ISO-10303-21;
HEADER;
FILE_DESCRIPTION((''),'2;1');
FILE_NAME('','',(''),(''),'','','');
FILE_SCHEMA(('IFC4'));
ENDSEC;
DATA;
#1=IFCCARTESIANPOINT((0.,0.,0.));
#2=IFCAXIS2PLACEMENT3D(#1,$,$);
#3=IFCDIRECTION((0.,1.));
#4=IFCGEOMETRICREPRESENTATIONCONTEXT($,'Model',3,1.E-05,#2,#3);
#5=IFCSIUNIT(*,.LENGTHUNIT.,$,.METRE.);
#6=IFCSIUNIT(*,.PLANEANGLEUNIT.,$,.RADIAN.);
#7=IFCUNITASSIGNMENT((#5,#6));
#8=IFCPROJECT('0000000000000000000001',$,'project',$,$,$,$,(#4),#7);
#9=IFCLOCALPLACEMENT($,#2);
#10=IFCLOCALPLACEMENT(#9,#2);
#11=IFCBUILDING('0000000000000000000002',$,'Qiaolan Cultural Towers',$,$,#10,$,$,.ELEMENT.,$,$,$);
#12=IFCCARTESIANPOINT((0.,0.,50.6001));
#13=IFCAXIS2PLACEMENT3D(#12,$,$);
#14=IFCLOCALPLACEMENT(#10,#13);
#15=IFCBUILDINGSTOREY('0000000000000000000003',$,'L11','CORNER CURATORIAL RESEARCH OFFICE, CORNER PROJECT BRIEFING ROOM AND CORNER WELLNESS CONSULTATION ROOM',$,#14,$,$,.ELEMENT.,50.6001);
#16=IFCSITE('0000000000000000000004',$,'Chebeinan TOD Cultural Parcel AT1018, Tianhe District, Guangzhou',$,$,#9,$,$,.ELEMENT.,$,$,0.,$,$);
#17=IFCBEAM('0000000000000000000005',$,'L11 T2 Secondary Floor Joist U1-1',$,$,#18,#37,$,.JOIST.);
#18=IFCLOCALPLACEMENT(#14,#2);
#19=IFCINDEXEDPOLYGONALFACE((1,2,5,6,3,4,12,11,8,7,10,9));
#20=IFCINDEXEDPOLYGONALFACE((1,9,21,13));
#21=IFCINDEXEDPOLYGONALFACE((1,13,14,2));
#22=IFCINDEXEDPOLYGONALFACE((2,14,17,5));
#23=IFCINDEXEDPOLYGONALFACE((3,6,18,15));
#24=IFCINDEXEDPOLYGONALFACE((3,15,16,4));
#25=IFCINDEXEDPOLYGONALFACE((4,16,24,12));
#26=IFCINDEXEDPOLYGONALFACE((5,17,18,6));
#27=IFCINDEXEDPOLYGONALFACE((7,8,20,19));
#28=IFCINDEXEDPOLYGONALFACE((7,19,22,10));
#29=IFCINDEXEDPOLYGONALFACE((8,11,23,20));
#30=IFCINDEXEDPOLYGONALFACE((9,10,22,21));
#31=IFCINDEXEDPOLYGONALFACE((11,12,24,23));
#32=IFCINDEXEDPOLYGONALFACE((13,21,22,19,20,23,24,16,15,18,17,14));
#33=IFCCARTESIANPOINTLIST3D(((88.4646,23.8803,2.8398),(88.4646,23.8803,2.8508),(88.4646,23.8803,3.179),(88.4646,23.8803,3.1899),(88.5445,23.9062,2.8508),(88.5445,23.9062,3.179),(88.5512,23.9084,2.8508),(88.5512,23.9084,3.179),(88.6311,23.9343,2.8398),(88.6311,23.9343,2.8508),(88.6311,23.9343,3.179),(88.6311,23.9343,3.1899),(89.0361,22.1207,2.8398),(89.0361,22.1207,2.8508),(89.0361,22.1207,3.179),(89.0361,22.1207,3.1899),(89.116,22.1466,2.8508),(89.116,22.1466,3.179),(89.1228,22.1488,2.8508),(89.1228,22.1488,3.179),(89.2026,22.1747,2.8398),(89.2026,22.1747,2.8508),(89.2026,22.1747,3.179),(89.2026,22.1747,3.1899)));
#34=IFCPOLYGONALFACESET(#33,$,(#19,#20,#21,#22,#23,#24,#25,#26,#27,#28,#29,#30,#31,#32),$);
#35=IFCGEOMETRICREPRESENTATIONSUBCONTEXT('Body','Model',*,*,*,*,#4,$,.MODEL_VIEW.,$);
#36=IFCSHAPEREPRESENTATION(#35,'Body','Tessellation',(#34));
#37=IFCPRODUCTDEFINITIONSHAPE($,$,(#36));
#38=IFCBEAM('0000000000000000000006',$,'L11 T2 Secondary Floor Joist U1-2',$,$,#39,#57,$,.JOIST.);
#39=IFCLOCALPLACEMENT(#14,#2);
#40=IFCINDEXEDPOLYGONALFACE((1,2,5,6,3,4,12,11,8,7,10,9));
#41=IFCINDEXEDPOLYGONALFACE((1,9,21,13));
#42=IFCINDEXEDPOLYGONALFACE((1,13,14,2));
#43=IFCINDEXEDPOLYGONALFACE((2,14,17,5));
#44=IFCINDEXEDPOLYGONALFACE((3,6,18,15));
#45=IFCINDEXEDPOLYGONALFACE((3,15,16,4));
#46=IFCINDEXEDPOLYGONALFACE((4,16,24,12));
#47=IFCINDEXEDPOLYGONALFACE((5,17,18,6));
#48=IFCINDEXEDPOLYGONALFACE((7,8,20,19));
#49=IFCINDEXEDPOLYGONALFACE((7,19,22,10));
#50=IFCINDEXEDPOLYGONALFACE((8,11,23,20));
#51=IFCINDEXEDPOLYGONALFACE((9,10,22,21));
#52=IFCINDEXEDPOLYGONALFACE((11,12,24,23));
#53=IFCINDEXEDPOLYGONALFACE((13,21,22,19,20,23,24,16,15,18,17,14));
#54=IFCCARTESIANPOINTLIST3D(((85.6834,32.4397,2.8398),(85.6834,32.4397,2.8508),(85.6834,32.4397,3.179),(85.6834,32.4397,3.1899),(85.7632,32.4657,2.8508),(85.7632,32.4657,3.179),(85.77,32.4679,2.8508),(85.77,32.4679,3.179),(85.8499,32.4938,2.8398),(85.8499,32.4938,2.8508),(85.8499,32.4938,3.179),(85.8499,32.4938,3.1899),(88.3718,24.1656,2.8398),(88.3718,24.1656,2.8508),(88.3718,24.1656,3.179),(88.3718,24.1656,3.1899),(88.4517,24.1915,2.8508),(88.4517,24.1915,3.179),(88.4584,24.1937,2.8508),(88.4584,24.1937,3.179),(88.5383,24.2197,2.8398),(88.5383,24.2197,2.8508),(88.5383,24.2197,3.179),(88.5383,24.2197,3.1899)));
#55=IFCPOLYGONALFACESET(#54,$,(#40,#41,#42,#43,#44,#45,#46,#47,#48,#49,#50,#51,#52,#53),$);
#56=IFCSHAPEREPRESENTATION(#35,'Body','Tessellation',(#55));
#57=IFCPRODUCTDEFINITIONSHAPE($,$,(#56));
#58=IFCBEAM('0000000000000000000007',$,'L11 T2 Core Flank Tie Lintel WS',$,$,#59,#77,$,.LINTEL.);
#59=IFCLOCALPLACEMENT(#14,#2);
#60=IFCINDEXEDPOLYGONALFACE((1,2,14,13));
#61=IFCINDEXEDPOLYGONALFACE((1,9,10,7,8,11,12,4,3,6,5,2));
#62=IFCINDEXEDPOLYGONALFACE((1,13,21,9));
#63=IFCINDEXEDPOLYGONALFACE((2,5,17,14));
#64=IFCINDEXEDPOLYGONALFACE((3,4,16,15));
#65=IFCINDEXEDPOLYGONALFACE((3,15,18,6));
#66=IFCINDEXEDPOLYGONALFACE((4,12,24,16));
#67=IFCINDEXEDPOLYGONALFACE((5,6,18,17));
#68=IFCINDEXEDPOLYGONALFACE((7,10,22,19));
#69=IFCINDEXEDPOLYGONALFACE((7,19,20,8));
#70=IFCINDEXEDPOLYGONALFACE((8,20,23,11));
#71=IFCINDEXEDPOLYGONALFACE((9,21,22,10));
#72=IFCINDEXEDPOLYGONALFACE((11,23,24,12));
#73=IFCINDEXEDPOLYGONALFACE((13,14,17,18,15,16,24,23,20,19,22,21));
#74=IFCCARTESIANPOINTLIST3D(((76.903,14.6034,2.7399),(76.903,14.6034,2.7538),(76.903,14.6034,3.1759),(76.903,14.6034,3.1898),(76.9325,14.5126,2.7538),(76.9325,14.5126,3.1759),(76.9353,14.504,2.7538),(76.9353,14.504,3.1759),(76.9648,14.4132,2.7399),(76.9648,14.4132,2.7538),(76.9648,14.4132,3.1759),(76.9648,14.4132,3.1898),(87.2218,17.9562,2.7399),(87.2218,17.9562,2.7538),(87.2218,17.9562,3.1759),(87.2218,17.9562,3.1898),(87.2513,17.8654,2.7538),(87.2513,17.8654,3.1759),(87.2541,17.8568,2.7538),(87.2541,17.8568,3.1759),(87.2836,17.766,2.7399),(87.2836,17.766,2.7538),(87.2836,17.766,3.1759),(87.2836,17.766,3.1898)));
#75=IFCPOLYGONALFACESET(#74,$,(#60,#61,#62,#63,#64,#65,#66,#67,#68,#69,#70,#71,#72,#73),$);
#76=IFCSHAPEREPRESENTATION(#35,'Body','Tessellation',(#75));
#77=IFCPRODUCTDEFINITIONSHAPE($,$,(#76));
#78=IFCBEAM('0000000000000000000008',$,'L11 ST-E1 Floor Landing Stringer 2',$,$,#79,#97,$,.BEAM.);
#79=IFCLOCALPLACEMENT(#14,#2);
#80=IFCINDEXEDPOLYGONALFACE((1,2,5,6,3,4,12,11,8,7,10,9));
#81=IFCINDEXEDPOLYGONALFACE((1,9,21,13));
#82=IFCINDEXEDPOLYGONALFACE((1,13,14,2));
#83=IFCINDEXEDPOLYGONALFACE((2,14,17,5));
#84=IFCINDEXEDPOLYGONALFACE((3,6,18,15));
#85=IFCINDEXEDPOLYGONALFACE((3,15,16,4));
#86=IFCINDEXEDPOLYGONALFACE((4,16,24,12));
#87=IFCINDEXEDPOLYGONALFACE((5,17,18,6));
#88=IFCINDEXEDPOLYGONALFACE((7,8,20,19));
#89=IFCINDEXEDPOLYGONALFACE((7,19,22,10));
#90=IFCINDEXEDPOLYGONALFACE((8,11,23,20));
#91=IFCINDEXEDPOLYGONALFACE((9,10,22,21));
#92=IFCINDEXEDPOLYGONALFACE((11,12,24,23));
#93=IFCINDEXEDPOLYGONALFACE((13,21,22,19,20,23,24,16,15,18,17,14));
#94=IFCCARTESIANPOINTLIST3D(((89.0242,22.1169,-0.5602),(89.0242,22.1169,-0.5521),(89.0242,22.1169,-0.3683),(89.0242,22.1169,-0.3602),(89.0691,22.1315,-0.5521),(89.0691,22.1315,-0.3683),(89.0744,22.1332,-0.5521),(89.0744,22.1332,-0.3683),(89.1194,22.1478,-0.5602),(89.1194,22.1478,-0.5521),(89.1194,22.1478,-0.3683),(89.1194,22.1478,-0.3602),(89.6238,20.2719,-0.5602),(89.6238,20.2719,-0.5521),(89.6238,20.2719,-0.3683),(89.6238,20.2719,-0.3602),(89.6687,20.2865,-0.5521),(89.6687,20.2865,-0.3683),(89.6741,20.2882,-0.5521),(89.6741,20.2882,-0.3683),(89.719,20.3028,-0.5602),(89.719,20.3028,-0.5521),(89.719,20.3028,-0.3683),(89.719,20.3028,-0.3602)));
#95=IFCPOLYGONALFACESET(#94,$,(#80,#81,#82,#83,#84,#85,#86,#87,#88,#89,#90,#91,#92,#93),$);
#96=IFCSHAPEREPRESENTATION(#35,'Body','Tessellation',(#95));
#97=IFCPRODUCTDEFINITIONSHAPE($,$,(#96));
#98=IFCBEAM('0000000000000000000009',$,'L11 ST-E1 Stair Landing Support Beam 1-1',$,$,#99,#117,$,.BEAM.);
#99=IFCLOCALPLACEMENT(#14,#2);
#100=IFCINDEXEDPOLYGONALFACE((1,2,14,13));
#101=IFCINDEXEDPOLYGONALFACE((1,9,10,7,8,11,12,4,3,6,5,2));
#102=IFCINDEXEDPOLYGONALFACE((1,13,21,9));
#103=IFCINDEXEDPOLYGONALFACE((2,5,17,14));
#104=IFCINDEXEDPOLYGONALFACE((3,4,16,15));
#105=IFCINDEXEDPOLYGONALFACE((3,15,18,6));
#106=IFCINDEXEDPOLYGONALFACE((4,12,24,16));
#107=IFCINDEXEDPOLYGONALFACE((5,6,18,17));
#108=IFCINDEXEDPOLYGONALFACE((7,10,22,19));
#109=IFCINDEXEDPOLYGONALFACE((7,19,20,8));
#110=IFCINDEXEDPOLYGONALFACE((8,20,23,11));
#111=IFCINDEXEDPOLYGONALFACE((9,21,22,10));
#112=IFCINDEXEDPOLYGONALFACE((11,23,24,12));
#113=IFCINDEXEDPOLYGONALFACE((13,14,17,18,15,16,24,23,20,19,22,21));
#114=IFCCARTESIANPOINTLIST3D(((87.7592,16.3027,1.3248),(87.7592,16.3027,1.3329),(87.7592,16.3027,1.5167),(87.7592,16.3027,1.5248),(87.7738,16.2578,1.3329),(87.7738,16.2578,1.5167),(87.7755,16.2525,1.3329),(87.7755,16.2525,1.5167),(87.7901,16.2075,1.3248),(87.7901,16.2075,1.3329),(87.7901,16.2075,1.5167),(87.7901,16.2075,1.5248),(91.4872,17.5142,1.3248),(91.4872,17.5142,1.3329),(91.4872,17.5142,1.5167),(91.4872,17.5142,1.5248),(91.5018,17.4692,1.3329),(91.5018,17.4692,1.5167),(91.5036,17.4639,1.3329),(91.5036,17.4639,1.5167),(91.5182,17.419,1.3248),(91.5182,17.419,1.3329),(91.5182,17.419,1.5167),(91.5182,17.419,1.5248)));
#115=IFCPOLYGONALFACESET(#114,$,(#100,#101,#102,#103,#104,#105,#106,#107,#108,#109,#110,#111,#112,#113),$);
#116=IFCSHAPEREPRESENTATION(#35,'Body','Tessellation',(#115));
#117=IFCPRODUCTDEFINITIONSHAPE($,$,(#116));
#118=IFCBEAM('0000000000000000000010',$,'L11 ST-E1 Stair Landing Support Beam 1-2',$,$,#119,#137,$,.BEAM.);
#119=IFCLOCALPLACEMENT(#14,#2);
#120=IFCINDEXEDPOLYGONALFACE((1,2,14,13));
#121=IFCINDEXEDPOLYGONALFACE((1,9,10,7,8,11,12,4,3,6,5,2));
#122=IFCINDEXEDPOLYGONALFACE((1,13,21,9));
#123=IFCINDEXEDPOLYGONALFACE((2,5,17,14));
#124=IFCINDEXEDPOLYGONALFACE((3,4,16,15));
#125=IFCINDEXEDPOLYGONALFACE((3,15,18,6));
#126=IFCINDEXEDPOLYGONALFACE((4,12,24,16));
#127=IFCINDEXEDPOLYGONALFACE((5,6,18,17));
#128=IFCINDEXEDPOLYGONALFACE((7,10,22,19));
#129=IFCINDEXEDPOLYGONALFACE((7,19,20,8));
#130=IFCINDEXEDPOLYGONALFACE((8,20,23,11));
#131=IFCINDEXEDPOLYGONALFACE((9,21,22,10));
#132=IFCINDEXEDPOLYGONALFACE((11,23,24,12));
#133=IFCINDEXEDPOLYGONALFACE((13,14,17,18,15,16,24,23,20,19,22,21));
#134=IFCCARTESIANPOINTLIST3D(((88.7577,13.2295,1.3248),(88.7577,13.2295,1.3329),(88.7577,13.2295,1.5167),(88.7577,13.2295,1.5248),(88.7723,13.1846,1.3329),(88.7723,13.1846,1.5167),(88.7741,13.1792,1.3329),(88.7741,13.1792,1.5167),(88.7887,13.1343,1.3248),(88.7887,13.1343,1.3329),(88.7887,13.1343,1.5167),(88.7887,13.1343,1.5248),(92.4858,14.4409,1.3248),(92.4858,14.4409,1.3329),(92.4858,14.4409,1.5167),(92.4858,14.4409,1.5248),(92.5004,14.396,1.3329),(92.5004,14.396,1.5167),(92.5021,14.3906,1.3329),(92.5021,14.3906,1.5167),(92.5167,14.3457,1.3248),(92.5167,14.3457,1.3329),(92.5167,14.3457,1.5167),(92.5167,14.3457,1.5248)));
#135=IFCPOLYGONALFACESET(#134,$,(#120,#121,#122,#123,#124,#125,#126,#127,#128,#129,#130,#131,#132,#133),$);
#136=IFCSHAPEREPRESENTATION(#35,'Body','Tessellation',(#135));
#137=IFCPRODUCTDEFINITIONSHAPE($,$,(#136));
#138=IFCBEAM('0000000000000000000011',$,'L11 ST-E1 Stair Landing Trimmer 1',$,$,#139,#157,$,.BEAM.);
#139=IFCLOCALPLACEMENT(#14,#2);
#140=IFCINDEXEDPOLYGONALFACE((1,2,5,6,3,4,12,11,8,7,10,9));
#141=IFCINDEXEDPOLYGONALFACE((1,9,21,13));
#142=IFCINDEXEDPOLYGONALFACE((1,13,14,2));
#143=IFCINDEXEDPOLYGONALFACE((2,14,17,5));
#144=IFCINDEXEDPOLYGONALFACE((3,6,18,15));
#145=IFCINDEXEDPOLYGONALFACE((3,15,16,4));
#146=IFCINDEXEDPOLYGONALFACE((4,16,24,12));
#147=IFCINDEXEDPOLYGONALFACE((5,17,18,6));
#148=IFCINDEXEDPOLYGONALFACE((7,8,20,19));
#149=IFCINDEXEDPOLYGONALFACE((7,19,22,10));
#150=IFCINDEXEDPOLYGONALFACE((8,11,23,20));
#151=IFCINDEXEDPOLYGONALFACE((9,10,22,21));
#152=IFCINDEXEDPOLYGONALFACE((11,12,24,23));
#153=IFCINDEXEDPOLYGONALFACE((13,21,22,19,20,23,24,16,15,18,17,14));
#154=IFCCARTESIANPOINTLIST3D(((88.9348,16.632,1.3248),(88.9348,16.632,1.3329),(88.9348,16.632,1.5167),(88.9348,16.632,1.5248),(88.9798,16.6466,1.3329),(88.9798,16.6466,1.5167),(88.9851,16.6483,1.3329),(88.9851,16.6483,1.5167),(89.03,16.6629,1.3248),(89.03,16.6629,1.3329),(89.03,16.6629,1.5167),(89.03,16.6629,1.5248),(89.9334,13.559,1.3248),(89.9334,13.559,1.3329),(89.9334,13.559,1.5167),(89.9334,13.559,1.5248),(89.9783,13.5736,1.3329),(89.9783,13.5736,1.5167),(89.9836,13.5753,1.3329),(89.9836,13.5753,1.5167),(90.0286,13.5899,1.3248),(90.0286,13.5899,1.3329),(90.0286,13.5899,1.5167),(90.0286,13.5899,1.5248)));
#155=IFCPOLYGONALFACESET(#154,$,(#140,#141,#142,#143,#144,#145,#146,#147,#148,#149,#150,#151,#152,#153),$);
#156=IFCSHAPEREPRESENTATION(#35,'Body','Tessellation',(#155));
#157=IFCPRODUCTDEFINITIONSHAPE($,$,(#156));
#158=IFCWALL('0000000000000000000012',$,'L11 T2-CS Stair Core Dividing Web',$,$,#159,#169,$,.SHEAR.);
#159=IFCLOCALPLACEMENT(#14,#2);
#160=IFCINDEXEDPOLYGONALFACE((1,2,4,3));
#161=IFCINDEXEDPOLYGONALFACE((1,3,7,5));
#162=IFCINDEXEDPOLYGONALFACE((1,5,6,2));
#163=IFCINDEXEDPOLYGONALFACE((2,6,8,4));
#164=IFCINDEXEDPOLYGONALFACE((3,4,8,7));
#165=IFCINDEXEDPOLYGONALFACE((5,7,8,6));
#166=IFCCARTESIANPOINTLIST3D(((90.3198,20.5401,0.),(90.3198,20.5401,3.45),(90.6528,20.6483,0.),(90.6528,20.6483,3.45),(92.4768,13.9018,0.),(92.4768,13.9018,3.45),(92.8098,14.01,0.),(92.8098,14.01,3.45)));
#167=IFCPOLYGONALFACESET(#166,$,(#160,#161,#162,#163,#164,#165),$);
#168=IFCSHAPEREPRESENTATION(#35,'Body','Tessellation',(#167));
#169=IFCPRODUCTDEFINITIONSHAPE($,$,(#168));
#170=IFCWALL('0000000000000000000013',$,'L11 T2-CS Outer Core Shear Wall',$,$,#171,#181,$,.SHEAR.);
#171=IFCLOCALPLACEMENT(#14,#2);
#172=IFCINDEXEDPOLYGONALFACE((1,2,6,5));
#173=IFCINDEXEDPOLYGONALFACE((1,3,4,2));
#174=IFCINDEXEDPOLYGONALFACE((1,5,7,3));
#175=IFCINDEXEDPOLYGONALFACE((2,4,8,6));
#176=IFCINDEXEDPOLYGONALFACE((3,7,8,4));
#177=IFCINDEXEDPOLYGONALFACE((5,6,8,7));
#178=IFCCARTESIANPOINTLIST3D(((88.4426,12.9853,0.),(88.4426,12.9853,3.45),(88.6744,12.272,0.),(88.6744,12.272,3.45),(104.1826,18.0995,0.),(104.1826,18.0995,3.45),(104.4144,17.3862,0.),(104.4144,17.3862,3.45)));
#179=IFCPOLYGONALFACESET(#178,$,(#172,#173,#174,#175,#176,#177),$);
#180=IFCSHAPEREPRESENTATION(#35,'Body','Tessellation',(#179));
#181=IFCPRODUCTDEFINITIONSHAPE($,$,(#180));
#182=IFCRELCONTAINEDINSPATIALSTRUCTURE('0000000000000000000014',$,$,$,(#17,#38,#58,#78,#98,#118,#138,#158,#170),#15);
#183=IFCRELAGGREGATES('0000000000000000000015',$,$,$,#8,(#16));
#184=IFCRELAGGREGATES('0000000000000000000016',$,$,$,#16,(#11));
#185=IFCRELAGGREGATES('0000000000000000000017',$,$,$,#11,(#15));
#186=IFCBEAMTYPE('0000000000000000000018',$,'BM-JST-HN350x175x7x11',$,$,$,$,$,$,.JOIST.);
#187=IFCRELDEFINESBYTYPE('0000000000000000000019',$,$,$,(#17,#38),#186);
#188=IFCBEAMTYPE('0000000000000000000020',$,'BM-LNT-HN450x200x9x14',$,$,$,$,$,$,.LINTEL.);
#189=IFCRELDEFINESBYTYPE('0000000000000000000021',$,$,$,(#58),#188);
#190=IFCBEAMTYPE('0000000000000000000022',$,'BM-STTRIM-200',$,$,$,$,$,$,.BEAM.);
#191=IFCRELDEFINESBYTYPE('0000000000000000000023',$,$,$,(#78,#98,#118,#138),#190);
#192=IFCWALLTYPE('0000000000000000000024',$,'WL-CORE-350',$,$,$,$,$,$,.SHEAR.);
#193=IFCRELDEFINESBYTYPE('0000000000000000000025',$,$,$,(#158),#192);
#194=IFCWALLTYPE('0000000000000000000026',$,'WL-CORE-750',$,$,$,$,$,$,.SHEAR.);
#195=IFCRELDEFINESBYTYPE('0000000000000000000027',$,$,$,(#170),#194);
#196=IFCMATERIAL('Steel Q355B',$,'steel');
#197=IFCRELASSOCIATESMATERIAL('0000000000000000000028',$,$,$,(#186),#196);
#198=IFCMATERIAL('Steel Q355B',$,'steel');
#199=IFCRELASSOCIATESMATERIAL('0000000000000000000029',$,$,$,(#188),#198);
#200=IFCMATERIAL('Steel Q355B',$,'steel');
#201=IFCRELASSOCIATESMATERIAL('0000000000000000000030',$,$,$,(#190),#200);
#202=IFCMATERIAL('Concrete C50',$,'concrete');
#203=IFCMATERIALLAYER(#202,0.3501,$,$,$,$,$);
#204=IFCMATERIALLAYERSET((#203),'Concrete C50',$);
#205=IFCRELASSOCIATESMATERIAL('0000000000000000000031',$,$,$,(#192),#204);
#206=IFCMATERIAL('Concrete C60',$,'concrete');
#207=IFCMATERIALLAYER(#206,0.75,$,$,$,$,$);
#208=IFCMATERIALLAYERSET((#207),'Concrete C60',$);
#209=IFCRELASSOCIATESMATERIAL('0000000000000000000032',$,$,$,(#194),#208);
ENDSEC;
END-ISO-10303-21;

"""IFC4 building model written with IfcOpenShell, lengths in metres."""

from ifc_helpers import new_model, si_unit, direction, frame, frame_2d, origin, origin_2d, place, context, subcontext, project, spatial, rectangle, i_section, extrude, material, layer, layer_set, material_profile, profile_set, type_object, element, save


model = new_model("IFC4")

# Units and contexts
model_context = context("Model", 3, precision=1e-05, world=origin(), true_north=direction((0.0, 1.0)))
body_context = subcontext(model_context, "Body", "Model", "MODEL_VIEW")
ifc_project = project(units=[si_unit("LENGTHUNIT", "METRE"), si_unit("PLANEANGLEUNIT", "RADIAN")], contexts=[model_context])

# Site, building, storey
site_placement = place(None, origin())
site = spatial("IfcSite", under=ifc_project, at=site_placement, Name="Chebeinan TOD Cultural Parcel AT1018, Tianhe District, Guangzhou", CompositionType="ELEMENT", RefElevation=0.0)
building_placement = place(site_placement, origin())
building = spatial("IfcBuilding", under=site, at=building_placement, Name="Qiaolan Cultural Towers", CompositionType="ELEMENT")
storey_placement = place(building_placement, frame((0.0, 0.0, 50.6001)))
storey = spatial("IfcBuildingStorey", under=building, at=storey_placement, Name="L11", Description="CORNER CURATORIAL RESEARCH OFFICE, CORNER PROJECT BRIEFING ROOM AND CORNER WELLNESS CONSULTATION ROOM", CompositionType="ELEMENT", Elevation=50.6001)

# Beams
ifc_material_1 = material(Name="Steel Q355B", Category="steel")
ifc_material_profile_1 = material_profile(ifc_material_1, i_section(OverallWidth=0.175, OverallDepth=0.3501, WebThickness=0.0071, FlangeThickness=0.011, at=origin_2d()), Name="HN350x175x7x11")
ifc_profile_set_1 = profile_set([ifc_material_profile_1], Name="Steel Q355B")
beam_type_1 = type_object("IfcBeamType", Name="BM-JST-HN350x175x7x11", PredefinedType="JOIST", material=ifc_profile_set_1)
beam_1_placement = place(storey_placement, frame((89.1194, 22.1477, 3.0149), z_axis=(-0.308934, 0.951084, 0.0), x_axis=(-0.951084, -0.308934, 0.0)))
element("IfcBeam", 1, at=beam_1_placement, inside=storey, type_object=beam_type_1, Name="L11 T2 Secondary Floor Joist U1-1", PredefinedType="JOIST", context=body_context, shape_type="SweptSolid", body=[
    extrude(i_section(OverallWidth=0.175, OverallDepth=0.3501, WebThickness=0.0071, FlangeThickness=0.011, at=origin_2d()), origin(), (0.0, 0.0, 1.0), 1.8501),
])
beam_2_placement = place(storey_placement, frame((88.4551, 24.1926, 3.0149), z_axis=(-0.309021, 0.951055, 0.0), x_axis=(-0.951055, -0.309021, 0.0)))
element("IfcBeam", 2, at=beam_2_placement, inside=storey, type_object=beam_type_1, Name="L11 T2 Secondary Floor Joist U1-2", PredefinedType="JOIST", context=body_context, shape_type="SweptSolid", body=[
    extrude(i_section(OverallWidth=0.175, OverallDepth=0.3501, WebThickness=0.0071, FlangeThickness=0.011, at=origin_2d()), origin(), (0.0, 0.0, 1.0), 8.7),
])
ifc_material_2 = material(Name="Steel Q355B", Category="steel")
ifc_material_profile_2 = material_profile(ifc_material_2, i_section(OverallWidth=0.2, OverallDepth=0.45, WebThickness=0.009, FlangeThickness=0.0139, at=origin_2d()), Name="HN450x200x9x14")
ifc_profile_set_2 = profile_set([ifc_material_profile_2], Name="Steel Q355B")
beam_type_2 = type_object("IfcBeamType", Name="BM-LNT-HN450x200x9x14", PredefinedType="LINTEL", material=ifc_profile_set_2)
beam_3_placement = place(storey_placement, frame((87.2527, 17.8611, 2.9648), z_axis=(-0.951057, -0.309016, 0.0), x_axis=(0.309016, -0.951057, 0.0)))
element("IfcBeam", 3, at=beam_3_placement, inside=storey, type_object=beam_type_2, Name="L11 T2 Core Flank Tie Lintel WS", PredefinedType="LINTEL", context=body_context, shape_type="SweptSolid", body=[
    extrude(i_section(OverallWidth=0.2, OverallDepth=0.45, WebThickness=0.009, FlangeThickness=0.0139, at=origin_2d()), origin(), (0.0, 0.0, 1.0), 10.8499),
])
ifc_material_3 = material(Name="Steel Q355B", Category="steel")
ifc_material_profile_3 = material_profile(ifc_material_3, i_section(OverallWidth=0.1001, OverallDepth=0.2, WebThickness=0.0056, FlangeThickness=0.0081, at=origin_2d()), Name="HN200x100x5.5x8")
ifc_profile_set_3 = profile_set([ifc_material_profile_3], Name="Steel Q355B")
beam_type_3 = type_object("IfcBeamType", Name="BM-STTRIM-200", PredefinedType="BEAM", material=ifc_profile_set_3)
beam_4_placement = place(storey_placement, frame((89.0718, 22.1323, -0.4602), z_axis=(0.309083, -0.951035, 0.0), x_axis=(0.951035, 0.309083, 0.0)))
element("IfcBeam", 4, at=beam_4_placement, inside=storey, type_object=beam_type_3, Name="L11 ST-E1 Floor Landing Stringer 2", PredefinedType="BEAM", context=body_context, shape_type="SweptSolid", body=[
    extrude(i_section(OverallWidth=0.1001, OverallDepth=0.2, WebThickness=0.0056, FlangeThickness=0.0081, at=origin_2d()), origin(), (0.0, 0.0, 1.0), 1.9399),
])
for number, where, z_axis, x_axis, name in (
    (5, (87.7747, 16.2551, 1.4248), (0.951048, 0.309044, 0.0), (-0.309044, 0.951048, 0.0), "L11 ST-E1 Stair Landing Support Beam 1-1"),
    (6, (88.7732, 13.1819, 1.4248), (0.951048, 0.309044, 0.0), (-0.309044, 0.951048, 0.0), "L11 ST-E1 Stair Landing Support Beam 1-2"),
):
    element("IfcBeam", number, at=place(storey_placement, frame(where, z_axis=z_axis, x_axis=x_axis)), inside=storey, type_object=beam_type_3, Name=name, PredefinedType="BEAM", context=body_context, shape_type="SweptSolid", body=[
        extrude(i_section(OverallWidth=0.1001, OverallDepth=0.2, WebThickness=0.0056, FlangeThickness=0.0081, at=origin_2d()), origin(), (0.0, 0.0, 1.0), 3.9199),
    ])
beam_5_placement = place(storey_placement, frame((88.9824, 16.6475, 1.4248), z_axis=(0.309033, -0.951051, 0.0), x_axis=(0.951051, 0.309033, 0.0)))
element("IfcBeam", 7, at=beam_5_placement, inside=storey, type_object=beam_type_3, Name="L11 ST-E1 Stair Landing Trimmer 1", PredefinedType="BEAM", context=body_context, shape_type="SweptSolid", body=[
    extrude(i_section(OverallWidth=0.1001, OverallDepth=0.2, WebThickness=0.0056, FlangeThickness=0.0081, at=origin_2d()), origin(), (0.0, 0.0, 1.0), 3.2312),
])

# Walls
ifc_material_4 = material(Name="Concrete C50", Category="concrete")
ifc_layer_1 = layer(ifc_material_4, 0.3501)
ifc_layer_set_1 = layer_set([ifc_layer_1], Name="Concrete C50")
wall_type_1 = type_object("IfcWallType", Name="WL-CORE-350", PredefinedType="SHEAR", material=ifc_layer_set_1)
wall_1_placement = place(storey_placement, frame((90.4863, 20.5942, 0.0), z_axis=(0.0, 0.0, 1.0), x_axis=(0.30902, -0.951055, 0.0)))
element("IfcWall", 8, at=wall_1_placement, inside=storey, type_object=wall_type_1, Name="L11 T2-CS Stair Core Dividing Web", PredefinedType="SHEAR", context=body_context, shape_type="SweptSolid", body=[
    extrude(rectangle(XDim=6.98, YDim=0.3501, at=frame_2d((3.49, 0.0))), origin(), (0.0, 0.0, 1.0), 3.45),
])
ifc_material_5 = material(Name="Concrete C60", Category="concrete")
ifc_layer_2 = layer(ifc_material_5, 0.75)
ifc_layer_set_2 = layer_set([ifc_layer_2], Name="Concrete C60")
wall_type_2 = type_object("IfcWallType", Name="WL-CORE-750", PredefinedType="SHEAR", material=ifc_layer_set_2)
wall_2_placement = place(storey_placement, frame((88.5586, 12.6287, 0.0), z_axis=(0.0, 0.0, 1.0), x_axis=(0.951056, 0.309018, 0.0)))
element("IfcWall", 9, at=wall_2_placement, inside=storey, type_object=wall_type_2, Name="L11 T2-CS Outer Core Shear Wall", PredefinedType="SHEAR", context=body_context, shape_type="SweptSolid", body=[
    extrude(rectangle(XDim=16.55, YDim=0.75, at=frame_2d((8.2749, 0.0))), origin(), (0.0, 0.0, 1.0), 3.45),
])

save(model, "model.ifc")
